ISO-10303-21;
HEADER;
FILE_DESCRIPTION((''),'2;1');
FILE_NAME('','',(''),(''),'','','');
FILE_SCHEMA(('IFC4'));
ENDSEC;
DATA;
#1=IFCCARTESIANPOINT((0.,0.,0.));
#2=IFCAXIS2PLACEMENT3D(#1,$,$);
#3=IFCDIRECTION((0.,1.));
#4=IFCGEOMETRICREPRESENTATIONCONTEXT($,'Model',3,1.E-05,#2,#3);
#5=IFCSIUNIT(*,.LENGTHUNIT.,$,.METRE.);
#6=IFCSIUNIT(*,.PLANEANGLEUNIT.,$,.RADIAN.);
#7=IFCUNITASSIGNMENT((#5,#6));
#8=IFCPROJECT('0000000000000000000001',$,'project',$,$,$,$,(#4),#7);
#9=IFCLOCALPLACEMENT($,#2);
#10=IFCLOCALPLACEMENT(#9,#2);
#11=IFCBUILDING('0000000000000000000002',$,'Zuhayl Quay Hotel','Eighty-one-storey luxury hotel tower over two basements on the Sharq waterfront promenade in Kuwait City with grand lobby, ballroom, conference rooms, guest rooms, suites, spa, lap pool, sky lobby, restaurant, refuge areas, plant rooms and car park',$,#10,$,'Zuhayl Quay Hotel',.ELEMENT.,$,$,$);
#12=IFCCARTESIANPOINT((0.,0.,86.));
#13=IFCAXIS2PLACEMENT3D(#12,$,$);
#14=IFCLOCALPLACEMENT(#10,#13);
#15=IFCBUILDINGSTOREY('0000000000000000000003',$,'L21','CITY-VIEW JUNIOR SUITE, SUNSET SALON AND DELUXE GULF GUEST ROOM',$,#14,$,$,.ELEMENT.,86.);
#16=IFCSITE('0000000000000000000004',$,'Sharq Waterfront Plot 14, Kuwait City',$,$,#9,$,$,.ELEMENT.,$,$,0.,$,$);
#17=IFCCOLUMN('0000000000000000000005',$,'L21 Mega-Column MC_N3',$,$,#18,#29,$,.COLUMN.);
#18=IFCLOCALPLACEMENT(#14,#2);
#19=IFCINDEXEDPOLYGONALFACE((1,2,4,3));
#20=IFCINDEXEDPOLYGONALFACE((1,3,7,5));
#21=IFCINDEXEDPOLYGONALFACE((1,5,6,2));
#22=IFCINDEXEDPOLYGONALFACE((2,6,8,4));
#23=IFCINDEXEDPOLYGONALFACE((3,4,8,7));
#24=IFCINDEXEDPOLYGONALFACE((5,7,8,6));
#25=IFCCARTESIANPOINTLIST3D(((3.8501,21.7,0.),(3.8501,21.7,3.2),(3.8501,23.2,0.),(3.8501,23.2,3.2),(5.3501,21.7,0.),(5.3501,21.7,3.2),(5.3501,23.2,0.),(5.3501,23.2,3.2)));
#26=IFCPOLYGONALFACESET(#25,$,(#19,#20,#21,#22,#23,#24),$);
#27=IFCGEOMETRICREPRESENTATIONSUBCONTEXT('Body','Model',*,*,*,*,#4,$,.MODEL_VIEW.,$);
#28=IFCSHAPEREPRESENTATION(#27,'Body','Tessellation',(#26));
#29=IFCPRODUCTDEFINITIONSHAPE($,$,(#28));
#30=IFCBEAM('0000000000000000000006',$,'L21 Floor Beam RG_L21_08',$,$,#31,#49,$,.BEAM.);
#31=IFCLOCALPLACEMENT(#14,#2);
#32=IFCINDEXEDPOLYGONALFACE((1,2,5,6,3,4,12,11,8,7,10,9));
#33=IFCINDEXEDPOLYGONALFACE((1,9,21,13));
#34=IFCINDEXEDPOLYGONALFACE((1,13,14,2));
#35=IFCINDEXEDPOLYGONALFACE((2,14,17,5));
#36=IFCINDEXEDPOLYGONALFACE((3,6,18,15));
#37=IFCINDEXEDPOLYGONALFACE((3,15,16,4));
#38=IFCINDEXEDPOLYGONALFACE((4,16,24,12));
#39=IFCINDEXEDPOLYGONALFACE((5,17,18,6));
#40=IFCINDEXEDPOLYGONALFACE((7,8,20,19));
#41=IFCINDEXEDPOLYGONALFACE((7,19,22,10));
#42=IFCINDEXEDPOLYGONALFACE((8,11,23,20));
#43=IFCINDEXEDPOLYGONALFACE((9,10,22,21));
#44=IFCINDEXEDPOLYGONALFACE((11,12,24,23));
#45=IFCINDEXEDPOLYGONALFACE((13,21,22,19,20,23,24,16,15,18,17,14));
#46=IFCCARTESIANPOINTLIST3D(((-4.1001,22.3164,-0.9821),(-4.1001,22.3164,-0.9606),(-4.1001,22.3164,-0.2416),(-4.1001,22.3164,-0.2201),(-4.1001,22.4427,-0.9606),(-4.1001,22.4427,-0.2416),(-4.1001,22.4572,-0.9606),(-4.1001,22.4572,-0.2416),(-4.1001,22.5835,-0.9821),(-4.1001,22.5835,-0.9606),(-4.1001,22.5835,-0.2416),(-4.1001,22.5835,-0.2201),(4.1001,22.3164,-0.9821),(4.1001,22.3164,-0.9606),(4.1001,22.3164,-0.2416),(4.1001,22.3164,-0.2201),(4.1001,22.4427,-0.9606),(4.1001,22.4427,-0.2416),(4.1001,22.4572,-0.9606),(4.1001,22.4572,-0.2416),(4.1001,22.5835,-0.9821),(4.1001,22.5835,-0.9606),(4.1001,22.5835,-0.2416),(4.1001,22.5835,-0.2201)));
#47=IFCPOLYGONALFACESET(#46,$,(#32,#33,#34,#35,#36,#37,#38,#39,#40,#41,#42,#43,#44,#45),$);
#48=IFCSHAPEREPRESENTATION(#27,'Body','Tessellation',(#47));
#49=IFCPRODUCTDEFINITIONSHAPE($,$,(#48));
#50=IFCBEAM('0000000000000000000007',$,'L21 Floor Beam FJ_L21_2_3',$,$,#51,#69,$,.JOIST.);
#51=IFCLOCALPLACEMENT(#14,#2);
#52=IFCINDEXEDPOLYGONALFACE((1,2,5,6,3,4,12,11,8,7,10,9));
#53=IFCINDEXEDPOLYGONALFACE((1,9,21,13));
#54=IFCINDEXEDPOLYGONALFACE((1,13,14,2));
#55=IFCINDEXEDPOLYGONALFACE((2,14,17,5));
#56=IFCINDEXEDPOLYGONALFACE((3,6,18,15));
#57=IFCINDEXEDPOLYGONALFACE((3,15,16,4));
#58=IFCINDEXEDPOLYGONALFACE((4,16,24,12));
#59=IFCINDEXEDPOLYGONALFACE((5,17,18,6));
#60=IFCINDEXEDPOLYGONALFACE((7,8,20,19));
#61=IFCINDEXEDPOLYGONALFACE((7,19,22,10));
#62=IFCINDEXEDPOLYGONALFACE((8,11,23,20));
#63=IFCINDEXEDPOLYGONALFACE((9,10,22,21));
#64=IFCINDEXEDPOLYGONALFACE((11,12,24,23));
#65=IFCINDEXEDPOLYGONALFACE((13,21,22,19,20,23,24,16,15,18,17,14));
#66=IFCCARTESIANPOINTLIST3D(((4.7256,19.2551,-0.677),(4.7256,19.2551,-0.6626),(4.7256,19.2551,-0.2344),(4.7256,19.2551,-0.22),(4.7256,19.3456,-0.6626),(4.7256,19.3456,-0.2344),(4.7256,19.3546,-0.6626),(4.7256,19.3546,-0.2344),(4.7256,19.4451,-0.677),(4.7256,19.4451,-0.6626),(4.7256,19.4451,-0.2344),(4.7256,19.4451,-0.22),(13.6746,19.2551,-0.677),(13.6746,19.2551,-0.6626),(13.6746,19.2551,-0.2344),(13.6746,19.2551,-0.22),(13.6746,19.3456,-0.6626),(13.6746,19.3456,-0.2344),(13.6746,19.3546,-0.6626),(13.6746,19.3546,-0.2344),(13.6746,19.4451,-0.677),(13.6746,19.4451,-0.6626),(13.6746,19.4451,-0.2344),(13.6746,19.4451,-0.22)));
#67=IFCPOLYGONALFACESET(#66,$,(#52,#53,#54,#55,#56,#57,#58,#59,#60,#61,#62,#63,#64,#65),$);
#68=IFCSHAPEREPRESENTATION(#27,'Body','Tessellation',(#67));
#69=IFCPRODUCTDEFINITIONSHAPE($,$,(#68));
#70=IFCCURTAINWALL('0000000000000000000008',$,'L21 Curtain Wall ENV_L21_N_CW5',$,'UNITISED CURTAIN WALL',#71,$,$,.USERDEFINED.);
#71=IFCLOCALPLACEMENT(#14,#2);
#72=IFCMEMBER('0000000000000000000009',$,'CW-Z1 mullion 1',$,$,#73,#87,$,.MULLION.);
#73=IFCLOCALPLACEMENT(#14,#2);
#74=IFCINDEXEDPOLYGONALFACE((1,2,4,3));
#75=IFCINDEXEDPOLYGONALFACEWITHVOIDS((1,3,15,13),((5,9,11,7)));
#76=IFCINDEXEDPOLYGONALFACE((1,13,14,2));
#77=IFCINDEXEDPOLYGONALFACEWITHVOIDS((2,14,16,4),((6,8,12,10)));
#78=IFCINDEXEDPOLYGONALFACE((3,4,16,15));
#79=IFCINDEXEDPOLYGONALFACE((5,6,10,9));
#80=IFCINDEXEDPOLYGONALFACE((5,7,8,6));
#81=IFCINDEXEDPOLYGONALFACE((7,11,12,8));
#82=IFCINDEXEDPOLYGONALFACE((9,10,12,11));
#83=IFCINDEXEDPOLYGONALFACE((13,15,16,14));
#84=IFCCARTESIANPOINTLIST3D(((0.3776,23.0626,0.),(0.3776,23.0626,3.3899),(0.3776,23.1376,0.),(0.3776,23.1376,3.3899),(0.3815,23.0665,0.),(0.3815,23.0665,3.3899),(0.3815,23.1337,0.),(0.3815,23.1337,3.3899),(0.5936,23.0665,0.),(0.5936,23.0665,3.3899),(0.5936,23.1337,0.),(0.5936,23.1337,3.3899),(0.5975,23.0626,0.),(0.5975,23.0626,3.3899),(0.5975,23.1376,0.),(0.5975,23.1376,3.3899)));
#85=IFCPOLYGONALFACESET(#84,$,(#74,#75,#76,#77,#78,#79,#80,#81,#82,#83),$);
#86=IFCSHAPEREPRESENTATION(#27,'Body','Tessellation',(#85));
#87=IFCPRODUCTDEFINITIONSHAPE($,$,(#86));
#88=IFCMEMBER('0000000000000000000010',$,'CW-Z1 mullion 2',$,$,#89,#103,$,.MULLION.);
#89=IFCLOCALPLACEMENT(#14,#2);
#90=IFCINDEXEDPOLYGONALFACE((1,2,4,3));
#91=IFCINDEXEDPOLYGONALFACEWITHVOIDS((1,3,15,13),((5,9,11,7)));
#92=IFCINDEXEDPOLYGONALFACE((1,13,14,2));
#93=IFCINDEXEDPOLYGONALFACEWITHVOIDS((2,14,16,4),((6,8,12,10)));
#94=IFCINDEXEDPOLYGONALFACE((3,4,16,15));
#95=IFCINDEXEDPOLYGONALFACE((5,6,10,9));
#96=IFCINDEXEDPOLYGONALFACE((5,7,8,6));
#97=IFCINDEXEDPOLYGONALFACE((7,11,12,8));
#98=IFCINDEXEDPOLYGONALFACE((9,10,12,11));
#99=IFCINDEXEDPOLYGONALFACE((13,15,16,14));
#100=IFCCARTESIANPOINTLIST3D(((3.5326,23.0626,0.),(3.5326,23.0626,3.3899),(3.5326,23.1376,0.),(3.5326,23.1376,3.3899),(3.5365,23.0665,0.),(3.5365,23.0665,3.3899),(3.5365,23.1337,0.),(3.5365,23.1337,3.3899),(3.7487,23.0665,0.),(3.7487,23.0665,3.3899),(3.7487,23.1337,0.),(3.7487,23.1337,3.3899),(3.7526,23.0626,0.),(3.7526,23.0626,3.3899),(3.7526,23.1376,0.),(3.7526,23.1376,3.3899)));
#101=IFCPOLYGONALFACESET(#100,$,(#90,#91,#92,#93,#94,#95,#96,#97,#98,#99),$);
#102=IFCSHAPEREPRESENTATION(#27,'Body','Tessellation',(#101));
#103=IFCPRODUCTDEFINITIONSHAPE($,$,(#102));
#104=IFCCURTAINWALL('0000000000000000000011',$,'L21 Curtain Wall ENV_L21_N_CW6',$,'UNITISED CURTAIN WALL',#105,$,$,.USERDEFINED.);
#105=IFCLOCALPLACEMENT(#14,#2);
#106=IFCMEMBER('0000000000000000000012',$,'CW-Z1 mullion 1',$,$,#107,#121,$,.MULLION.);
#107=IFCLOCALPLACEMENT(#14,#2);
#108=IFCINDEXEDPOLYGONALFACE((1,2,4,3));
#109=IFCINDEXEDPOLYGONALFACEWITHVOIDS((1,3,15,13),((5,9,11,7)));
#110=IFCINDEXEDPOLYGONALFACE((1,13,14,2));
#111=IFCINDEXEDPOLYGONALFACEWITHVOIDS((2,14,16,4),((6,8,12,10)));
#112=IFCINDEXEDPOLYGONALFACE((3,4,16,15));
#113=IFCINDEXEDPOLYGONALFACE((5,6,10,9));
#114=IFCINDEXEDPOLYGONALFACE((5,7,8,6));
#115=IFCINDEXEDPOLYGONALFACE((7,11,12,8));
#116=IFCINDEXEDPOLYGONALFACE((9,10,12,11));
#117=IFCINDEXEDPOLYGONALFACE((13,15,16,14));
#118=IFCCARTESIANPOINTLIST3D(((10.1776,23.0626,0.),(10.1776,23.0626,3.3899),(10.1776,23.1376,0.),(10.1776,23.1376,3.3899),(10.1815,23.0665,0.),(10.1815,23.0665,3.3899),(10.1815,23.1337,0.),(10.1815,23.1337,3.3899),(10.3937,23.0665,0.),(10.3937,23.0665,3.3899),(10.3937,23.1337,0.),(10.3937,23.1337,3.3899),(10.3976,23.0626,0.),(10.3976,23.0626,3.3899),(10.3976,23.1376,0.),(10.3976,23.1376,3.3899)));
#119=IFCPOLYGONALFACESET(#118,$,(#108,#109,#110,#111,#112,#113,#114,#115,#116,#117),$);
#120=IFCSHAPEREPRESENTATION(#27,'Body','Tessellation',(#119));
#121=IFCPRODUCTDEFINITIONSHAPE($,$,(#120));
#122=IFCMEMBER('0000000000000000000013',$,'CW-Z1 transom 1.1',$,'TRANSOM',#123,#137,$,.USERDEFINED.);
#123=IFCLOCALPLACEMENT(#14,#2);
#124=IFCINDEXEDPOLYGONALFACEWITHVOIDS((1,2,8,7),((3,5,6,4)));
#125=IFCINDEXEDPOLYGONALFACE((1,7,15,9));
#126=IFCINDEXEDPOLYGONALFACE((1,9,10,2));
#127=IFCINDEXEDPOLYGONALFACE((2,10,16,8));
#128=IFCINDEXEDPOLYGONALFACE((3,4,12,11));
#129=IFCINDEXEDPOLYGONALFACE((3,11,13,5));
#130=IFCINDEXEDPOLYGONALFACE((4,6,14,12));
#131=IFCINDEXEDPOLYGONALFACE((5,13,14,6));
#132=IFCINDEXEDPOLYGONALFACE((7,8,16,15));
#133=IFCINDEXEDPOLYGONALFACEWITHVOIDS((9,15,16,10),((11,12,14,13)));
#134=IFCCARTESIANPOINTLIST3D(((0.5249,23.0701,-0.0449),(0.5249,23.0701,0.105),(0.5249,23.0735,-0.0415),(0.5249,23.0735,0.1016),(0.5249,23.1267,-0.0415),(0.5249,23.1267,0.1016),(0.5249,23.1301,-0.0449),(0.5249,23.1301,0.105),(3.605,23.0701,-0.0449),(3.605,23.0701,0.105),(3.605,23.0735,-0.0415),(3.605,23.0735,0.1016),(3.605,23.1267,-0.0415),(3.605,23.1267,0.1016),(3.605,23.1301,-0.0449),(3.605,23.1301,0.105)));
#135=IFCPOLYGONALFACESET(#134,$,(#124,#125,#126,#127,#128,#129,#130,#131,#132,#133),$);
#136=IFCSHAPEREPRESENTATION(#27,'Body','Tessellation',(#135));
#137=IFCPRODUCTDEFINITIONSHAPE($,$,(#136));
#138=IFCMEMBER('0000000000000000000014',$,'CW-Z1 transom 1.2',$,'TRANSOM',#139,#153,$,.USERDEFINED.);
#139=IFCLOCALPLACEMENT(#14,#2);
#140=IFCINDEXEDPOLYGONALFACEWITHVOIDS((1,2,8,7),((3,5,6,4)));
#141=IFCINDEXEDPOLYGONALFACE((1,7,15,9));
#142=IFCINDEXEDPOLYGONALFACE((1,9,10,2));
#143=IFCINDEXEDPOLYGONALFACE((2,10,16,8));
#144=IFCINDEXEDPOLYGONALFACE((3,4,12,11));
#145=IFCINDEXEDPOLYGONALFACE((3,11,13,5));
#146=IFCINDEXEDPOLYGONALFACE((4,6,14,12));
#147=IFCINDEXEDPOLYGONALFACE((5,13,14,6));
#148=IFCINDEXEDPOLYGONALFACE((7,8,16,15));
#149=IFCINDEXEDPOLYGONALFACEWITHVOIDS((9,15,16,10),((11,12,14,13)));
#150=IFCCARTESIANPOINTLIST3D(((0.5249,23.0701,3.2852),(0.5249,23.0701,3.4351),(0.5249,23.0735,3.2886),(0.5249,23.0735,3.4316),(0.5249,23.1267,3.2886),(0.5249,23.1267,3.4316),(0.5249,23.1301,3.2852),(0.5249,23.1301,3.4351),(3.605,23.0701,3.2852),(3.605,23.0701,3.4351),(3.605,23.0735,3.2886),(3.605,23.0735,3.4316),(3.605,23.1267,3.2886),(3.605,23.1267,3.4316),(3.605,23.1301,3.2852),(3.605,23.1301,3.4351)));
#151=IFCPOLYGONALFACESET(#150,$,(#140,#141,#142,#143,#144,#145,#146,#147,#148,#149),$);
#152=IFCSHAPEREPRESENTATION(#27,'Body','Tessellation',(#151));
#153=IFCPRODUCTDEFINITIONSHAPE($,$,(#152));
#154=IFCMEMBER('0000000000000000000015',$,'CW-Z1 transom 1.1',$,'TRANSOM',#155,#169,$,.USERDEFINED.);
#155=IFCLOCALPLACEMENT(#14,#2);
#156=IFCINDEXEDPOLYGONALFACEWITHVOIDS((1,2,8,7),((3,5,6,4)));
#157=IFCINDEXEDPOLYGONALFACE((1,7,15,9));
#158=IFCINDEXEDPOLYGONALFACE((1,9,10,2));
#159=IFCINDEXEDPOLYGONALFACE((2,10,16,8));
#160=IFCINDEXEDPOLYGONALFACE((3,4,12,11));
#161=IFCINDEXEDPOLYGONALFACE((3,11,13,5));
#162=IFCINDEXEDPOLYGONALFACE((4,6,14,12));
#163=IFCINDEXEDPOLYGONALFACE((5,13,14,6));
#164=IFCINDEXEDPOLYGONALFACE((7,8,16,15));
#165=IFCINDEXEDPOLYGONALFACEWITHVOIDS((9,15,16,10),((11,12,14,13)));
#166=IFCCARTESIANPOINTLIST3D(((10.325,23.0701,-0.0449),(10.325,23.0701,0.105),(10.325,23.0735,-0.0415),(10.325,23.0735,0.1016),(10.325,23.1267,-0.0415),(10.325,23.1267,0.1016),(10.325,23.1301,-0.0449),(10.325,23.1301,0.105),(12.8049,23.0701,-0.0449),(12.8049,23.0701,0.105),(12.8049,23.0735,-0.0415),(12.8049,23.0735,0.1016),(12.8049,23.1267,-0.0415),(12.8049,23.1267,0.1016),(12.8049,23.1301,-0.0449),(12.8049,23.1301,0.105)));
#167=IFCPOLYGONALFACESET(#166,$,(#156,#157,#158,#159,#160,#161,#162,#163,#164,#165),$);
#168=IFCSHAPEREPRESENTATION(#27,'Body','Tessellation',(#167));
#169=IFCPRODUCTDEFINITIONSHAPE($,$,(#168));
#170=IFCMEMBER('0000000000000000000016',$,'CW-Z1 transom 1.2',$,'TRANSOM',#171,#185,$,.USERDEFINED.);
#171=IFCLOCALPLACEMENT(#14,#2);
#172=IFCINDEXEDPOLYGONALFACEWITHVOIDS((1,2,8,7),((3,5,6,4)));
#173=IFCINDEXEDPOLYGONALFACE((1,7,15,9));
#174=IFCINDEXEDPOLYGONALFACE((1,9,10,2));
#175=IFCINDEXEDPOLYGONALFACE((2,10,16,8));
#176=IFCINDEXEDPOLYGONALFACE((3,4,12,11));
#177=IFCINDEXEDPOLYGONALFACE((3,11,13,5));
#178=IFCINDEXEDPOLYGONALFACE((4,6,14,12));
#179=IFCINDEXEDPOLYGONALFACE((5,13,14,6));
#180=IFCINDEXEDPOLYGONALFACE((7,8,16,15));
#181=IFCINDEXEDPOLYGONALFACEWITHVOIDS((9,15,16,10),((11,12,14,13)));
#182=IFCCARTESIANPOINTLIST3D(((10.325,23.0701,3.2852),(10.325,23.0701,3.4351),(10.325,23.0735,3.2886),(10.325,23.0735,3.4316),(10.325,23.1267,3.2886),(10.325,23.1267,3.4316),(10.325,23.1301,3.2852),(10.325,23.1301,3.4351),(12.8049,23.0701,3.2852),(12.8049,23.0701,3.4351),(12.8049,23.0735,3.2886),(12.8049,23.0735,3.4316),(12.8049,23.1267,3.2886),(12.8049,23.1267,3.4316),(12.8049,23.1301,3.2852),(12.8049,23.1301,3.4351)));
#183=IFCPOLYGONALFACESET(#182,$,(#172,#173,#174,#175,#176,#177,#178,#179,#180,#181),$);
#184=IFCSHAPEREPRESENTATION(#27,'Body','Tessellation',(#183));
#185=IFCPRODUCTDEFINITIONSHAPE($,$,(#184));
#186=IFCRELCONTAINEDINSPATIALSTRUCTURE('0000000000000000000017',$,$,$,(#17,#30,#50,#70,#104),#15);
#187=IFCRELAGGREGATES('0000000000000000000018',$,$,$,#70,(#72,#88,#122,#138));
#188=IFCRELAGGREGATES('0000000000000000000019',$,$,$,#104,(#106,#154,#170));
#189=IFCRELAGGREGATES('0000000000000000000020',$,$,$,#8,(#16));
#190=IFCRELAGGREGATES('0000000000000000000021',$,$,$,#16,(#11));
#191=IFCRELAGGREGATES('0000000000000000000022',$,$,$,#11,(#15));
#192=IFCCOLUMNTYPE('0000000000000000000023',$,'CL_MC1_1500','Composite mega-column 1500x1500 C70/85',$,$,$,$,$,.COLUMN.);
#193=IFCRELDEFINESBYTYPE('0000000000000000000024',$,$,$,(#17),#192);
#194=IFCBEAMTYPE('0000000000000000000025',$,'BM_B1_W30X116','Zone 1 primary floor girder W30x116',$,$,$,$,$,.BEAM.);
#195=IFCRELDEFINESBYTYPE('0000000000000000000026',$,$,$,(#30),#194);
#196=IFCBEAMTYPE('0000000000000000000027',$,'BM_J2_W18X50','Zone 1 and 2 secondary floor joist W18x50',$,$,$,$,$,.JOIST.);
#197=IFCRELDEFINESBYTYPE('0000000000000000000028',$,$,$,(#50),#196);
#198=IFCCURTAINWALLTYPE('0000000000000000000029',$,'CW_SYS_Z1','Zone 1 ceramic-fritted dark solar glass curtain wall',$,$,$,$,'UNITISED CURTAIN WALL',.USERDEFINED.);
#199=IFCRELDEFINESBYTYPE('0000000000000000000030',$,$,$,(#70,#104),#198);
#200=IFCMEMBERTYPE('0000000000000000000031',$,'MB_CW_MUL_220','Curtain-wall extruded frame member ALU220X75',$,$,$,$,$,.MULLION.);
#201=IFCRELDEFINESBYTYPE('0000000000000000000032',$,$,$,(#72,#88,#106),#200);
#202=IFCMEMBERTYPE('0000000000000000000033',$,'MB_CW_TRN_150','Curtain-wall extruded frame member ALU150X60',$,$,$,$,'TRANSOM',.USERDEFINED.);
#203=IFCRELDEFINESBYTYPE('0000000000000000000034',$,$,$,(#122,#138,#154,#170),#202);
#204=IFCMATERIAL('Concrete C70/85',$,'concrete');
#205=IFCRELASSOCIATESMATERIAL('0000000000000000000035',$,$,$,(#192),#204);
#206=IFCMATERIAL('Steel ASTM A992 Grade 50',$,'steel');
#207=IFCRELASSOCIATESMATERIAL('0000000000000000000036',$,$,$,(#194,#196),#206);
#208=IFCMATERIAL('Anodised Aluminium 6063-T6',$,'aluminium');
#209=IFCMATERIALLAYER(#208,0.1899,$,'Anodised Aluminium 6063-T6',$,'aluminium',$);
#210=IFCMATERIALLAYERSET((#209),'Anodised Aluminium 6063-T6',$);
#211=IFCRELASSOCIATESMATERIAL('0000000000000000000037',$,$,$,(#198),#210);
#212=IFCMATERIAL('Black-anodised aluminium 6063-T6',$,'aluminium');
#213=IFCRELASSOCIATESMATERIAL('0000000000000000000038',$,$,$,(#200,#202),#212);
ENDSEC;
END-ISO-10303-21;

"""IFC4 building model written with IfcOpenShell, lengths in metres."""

from ifc_helpers import new_model, si_unit, direction, frame, origin, origin_2d, place, context, subcontext, project, spatial, rectangle, hollow_rectangle, i_section, extrude, material, layer, layer_set, material_profile, profile_set, type_object, element, aggregate, save


model = new_model("IFC4")

# Units and contexts
model_context = context("Model", 3, precision=1e-05, world=origin(), true_north=direction((0.0, 1.0)))
body_context = subcontext(model_context, "Body", "Model", "MODEL_VIEW")
ifc_project = project(units=[si_unit("LENGTHUNIT", "METRE"), si_unit("PLANEANGLEUNIT", "RADIAN")], contexts=[model_context])

# Site, building, storey
site_placement = place(None, origin())
site = spatial("IfcSite", under=ifc_project, at=site_placement, Name="Sharq Waterfront Plot 14, Kuwait City", CompositionType="ELEMENT", RefElevation=0.0)
building_placement = place(site_placement, origin())
building = spatial("IfcBuilding", under=site, at=building_placement, Name="Zuhayl Quay Hotel", Description="Eighty-one-storey luxury hotel tower over two basements on the Sharq waterfront promenade in Kuwait City with grand lobby, ballroom, conference rooms, guest rooms, suites, spa, lap pool, sky lobby, restaurant, refuge areas, plant rooms and car park", LongName="Zuhayl Quay Hotel", CompositionType="ELEMENT")
storey_placement = place(building_placement, frame((0.0, 0.0, 86.0)))
storey = spatial("IfcBuildingStorey", under=building, at=storey_placement, Name="L21", Description="CITY-VIEW JUNIOR SUITE, SUNSET SALON AND DELUXE GULF GUEST ROOM", CompositionType="ELEMENT", Elevation=86.0)

# Column
ifc_material_1 = material(Name="Concrete C70/85", Category="concrete")
ifc_material_profile_1 = material_profile(ifc_material_1, rectangle(XDim=1.5, YDim=1.5, at=origin_2d()), Name="RC1500X1500")
ifc_profile_set_1 = profile_set([ifc_material_profile_1], Name="Concrete C70/85")
column_type = type_object("IfcColumnType", Name="CL_MC1_1500", Description="Composite mega-column 1500x1500 C70/85", PredefinedType="COLUMN", material=ifc_profile_set_1)
column_placement = place(storey_placement, frame((4.6001, 22.45, 0.0), z_axis=(0.0, 0.0, 1.0), x_axis=(1.0, 0.0, 0.0)))
element("IfcColumn", 1, at=column_placement, inside=storey, type_object=column_type, Name="L21 Mega-Column MC_N3", PredefinedType="COLUMN", context=body_context, shape_type="SweptSolid", body=[
    extrude(rectangle(XDim=1.5, YDim=1.5, at=origin_2d()), origin(), (0.0, 0.0, 1.0), 3.2),
])

# Beams
ifc_material_2 = material(Name="Steel ASTM A992 Grade 50", Category="steel")
ifc_material_profile_2 = material_profile(ifc_material_2, i_section(OverallWidth=0.2671, OverallDepth=0.762, WebThickness=0.0144, FlangeThickness=0.0215, at=origin_2d()), Name="W30X116")
ifc_profile_set_2 = profile_set([ifc_material_profile_2], Name="Steel ASTM A992 Grade 50")
beam_type_1 = type_object("IfcBeamType", Name="BM_B1_W30X116", Description="Zone 1 primary floor girder W30x116", PredefinedType="BEAM", material=ifc_profile_set_2)
beam_1_placement = place(storey_placement, frame((4.1001, 22.45, -0.6011), z_axis=(-1.0, 0.0, 0.0), x_axis=(0.0, -1.0, 0.0)))
element("IfcBeam", 2, at=beam_1_placement, inside=storey, type_object=beam_type_1, Name="L21 Floor Beam RG_L21_08", PredefinedType="BEAM", context=body_context, shape_type="SweptSolid", body=[
    extrude(i_section(OverallWidth=0.2671, OverallDepth=0.762, WebThickness=0.0144, FlangeThickness=0.0215, at=origin_2d()), origin(), (0.0, 0.0, 1.0), 8.2002),
])
ifc_material_profile_3 = material_profile(ifc_material_2, i_section(OverallWidth=0.1899, OverallDepth=0.457, WebThickness=0.009, FlangeThickness=0.0144, at=origin_2d()), Name="W18X50")
ifc_profile_set_3 = profile_set([ifc_material_profile_3], Name="Steel ASTM A992 Grade 50")
beam_type_2 = type_object("IfcBeamType", Name="BM_J2_W18X50", Description="Zone 1 and 2 secondary floor joist W18x50", PredefinedType="JOIST", material=ifc_profile_set_3)
beam_2_placement = place(storey_placement, frame((4.7256, 19.3501, -0.4485), z_axis=(1.0, 0.0, 0.0), x_axis=(0.0, 1.0, 0.0)))
element("IfcBeam", 3, at=beam_2_placement, inside=storey, type_object=beam_type_2, Name="L21 Floor Beam FJ_L21_2_3", PredefinedType="JOIST", context=body_context, shape_type="SweptSolid", body=[
    extrude(i_section(OverallWidth=0.1899, OverallDepth=0.457, WebThickness=0.009, FlangeThickness=0.0144, at=origin_2d()), origin(), (0.0, 0.0, 1.0), 8.949),
])

# Curtain wall, members
ifc_material_3 = material(Name="Anodised Aluminium 6063-T6", Category="aluminium")
ifc_layer_1 = layer(ifc_material_3, 0.1899, Name="Anodised Aluminium 6063-T6", Category="aluminium")
ifc_layer_set_1 = layer_set([ifc_layer_1], Name="Anodised Aluminium 6063-T6")
curtain_wall_type = type_object("IfcCurtainWallType", Name="CW_SYS_Z1", Description="Zone 1 ceramic-fritted dark solar glass curtain wall", ElementType="UNITISED CURTAIN WALL", PredefinedType="USERDEFINED", material=ifc_layer_set_1)
curtain_wall_1_placement = place(storey_placement, origin())
curtain_wall_1 = element("IfcCurtainWall", 4, at=curtain_wall_1_placement, inside=storey, type_object=curtain_wall_type, Name="L21 Curtain Wall ENV_L21_N_CW5", ObjectType="UNITISED CURTAIN WALL", PredefinedType="USERDEFINED")
ifc_material_4 = material(Name="Black-anodised aluminium 6063-T6", Category="aluminium")
ifc_material_profile_4 = material_profile(ifc_material_4, hollow_rectangle(XDim=0.075, YDim=0.22, WallThickness=0.0039, at=origin_2d()), Name="ALU220X75")
ifc_profile_set_4 = profile_set([ifc_material_profile_4], Name="Black-anodised aluminium 6063-T6")
member_type_1 = type_object("IfcMemberType", Name="MB_CW_MUL_220", Description="Curtain-wall extruded frame member ALU220X75", PredefinedType="MULLION", material=ifc_profile_set_4)
member_1_placement = place(storey_placement, frame((0.4875, 23.1001, 0.0), z_axis=(0.0, 0.0, 1.0), x_axis=(0.0, 1.0, 0.0)))
member_1 = element("IfcMember", 5, at=member_1_placement, type_object=member_type_1, Name="CW-Z1 mullion 1", PredefinedType="MULLION", context=body_context, shape_type="SweptSolid", body=[
    extrude(hollow_rectangle(XDim=0.075, YDim=0.22, WallThickness=0.0039, at=origin_2d()), origin(), (0.0, 0.0, 1.0), 3.3899),
])
member_2_placement = place(storey_placement, frame((3.6426, 23.1001, 0.0), z_axis=(0.0, 0.0, 1.0), x_axis=(0.0, 1.0, 0.0)))
member_2 = element("IfcMember", 6, at=member_2_placement, type_object=member_type_1, Name="CW-Z1 mullion 2", PredefinedType="MULLION", context=body_context, shape_type="SweptSolid", body=[
    extrude(hollow_rectangle(XDim=0.075, YDim=0.22, WallThickness=0.0039, at=origin_2d()), origin(), (0.0, 0.0, 1.0), 3.3899),
])

# Curtain wall, member
curtain_wall_2_placement = place(storey_placement, origin())
curtain_wall_2 = element("IfcCurtainWall", 7, at=curtain_wall_2_placement, inside=storey, type_object=curtain_wall_type, Name="L21 Curtain Wall ENV_L21_N_CW6", ObjectType="UNITISED CURTAIN WALL", PredefinedType="USERDEFINED")
member_3_placement = place(storey_placement, frame((10.2876, 23.1001, 0.0), z_axis=(0.0, 0.0, 1.0), x_axis=(0.0, 1.0, 0.0)))
member_3 = element("IfcMember", 8, at=member_3_placement, type_object=member_type_1, Name="CW-Z1 mullion 1", PredefinedType="MULLION", context=body_context, shape_type="SweptSolid", body=[
    extrude(hollow_rectangle(XDim=0.075, YDim=0.22, WallThickness=0.0039, at=origin_2d()), origin(), (0.0, 0.0, 1.0), 3.3899),
])

# Members
ifc_material_profile_5 = material_profile(ifc_material_4, hollow_rectangle(XDim=0.0601, YDim=0.1499, WallThickness=0.0034, at=origin_2d()), Name="ALU150X60")
ifc_profile_set_5 = profile_set([ifc_material_profile_5], Name="Black-anodised aluminium 6063-T6")
member_type_2 = type_object("IfcMemberType", Name="MB_CW_TRN_150", Description="Curtain-wall extruded frame member ALU150X60", ElementType="TRANSOM", PredefinedType="USERDEFINED", material=ifc_profile_set_5)
member_4_placement = place(storey_placement, frame((0.5249, 23.1001, 0.03), z_axis=(1.0, 0.0, 0.0), x_axis=(0.0, 1.0, 0.0)))
member_4 = element("IfcMember", 9, at=member_4_placement, type_object=member_type_2, Name="CW-Z1 transom 1.1", ObjectType="TRANSOM", PredefinedType="USERDEFINED", context=body_context, shape_type="SweptSolid", body=[
    extrude(hollow_rectangle(XDim=0.0601, YDim=0.1499, WallThickness=0.0034, at=origin_2d()), origin(), (0.0, 0.0, 1.0), 3.0801),
])
member_5_placement = place(storey_placement, frame((0.5249, 23.1001, 3.3601), z_axis=(1.0, 0.0, 0.0), x_axis=(0.0, 1.0, 0.0)))
member_5 = element("IfcMember", 10, at=member_5_placement, type_object=member_type_2, Name="CW-Z1 transom 1.2", ObjectType="TRANSOM", PredefinedType="USERDEFINED", context=body_context, shape_type="SweptSolid", body=[
    extrude(hollow_rectangle(XDim=0.0601, YDim=0.1499, WallThickness=0.0034, at=origin_2d()), origin(), (0.0, 0.0, 1.0), 3.0801),
])
member_6_placement = place(storey_placement, frame((10.325, 23.1001, 0.03), z_axis=(1.0, 0.0, 0.0), x_axis=(0.0, 1.0, 0.0)))
member_6 = element("IfcMember", 11, at=member_6_placement, type_object=member_type_2, Name="CW-Z1 transom 1.1", ObjectType="TRANSOM", PredefinedType="USERDEFINED", context=body_context, shape_type="SweptSolid", body=[
    extrude(hollow_rectangle(XDim=0.0601, YDim=0.1499, WallThickness=0.0034, at=origin_2d()), origin(), (0.0, 0.0, 1.0), 2.48),
])
member_7_placement = place(storey_placement, frame((10.325, 23.1001, 3.3601), z_axis=(1.0, 0.0, 0.0), x_axis=(0.0, 1.0, 0.0)))
member_7 = element("IfcMember", 12, at=member_7_placement, type_object=member_type_2, Name="CW-Z1 transom 1.2", ObjectType="TRANSOM", PredefinedType="USERDEFINED", context=body_context, shape_type="SweptSolid", body=[
    extrude(hollow_rectangle(XDim=0.0601, YDim=0.1499, WallThickness=0.0034, at=origin_2d()), origin(), (0.0, 0.0, 1.0), 2.48),
])

aggregate(curtain_wall_1, [member_1, member_2, member_4, member_5])
aggregate(curtain_wall_2, [member_3, member_6, member_7])

save(model, "model.ifc")
